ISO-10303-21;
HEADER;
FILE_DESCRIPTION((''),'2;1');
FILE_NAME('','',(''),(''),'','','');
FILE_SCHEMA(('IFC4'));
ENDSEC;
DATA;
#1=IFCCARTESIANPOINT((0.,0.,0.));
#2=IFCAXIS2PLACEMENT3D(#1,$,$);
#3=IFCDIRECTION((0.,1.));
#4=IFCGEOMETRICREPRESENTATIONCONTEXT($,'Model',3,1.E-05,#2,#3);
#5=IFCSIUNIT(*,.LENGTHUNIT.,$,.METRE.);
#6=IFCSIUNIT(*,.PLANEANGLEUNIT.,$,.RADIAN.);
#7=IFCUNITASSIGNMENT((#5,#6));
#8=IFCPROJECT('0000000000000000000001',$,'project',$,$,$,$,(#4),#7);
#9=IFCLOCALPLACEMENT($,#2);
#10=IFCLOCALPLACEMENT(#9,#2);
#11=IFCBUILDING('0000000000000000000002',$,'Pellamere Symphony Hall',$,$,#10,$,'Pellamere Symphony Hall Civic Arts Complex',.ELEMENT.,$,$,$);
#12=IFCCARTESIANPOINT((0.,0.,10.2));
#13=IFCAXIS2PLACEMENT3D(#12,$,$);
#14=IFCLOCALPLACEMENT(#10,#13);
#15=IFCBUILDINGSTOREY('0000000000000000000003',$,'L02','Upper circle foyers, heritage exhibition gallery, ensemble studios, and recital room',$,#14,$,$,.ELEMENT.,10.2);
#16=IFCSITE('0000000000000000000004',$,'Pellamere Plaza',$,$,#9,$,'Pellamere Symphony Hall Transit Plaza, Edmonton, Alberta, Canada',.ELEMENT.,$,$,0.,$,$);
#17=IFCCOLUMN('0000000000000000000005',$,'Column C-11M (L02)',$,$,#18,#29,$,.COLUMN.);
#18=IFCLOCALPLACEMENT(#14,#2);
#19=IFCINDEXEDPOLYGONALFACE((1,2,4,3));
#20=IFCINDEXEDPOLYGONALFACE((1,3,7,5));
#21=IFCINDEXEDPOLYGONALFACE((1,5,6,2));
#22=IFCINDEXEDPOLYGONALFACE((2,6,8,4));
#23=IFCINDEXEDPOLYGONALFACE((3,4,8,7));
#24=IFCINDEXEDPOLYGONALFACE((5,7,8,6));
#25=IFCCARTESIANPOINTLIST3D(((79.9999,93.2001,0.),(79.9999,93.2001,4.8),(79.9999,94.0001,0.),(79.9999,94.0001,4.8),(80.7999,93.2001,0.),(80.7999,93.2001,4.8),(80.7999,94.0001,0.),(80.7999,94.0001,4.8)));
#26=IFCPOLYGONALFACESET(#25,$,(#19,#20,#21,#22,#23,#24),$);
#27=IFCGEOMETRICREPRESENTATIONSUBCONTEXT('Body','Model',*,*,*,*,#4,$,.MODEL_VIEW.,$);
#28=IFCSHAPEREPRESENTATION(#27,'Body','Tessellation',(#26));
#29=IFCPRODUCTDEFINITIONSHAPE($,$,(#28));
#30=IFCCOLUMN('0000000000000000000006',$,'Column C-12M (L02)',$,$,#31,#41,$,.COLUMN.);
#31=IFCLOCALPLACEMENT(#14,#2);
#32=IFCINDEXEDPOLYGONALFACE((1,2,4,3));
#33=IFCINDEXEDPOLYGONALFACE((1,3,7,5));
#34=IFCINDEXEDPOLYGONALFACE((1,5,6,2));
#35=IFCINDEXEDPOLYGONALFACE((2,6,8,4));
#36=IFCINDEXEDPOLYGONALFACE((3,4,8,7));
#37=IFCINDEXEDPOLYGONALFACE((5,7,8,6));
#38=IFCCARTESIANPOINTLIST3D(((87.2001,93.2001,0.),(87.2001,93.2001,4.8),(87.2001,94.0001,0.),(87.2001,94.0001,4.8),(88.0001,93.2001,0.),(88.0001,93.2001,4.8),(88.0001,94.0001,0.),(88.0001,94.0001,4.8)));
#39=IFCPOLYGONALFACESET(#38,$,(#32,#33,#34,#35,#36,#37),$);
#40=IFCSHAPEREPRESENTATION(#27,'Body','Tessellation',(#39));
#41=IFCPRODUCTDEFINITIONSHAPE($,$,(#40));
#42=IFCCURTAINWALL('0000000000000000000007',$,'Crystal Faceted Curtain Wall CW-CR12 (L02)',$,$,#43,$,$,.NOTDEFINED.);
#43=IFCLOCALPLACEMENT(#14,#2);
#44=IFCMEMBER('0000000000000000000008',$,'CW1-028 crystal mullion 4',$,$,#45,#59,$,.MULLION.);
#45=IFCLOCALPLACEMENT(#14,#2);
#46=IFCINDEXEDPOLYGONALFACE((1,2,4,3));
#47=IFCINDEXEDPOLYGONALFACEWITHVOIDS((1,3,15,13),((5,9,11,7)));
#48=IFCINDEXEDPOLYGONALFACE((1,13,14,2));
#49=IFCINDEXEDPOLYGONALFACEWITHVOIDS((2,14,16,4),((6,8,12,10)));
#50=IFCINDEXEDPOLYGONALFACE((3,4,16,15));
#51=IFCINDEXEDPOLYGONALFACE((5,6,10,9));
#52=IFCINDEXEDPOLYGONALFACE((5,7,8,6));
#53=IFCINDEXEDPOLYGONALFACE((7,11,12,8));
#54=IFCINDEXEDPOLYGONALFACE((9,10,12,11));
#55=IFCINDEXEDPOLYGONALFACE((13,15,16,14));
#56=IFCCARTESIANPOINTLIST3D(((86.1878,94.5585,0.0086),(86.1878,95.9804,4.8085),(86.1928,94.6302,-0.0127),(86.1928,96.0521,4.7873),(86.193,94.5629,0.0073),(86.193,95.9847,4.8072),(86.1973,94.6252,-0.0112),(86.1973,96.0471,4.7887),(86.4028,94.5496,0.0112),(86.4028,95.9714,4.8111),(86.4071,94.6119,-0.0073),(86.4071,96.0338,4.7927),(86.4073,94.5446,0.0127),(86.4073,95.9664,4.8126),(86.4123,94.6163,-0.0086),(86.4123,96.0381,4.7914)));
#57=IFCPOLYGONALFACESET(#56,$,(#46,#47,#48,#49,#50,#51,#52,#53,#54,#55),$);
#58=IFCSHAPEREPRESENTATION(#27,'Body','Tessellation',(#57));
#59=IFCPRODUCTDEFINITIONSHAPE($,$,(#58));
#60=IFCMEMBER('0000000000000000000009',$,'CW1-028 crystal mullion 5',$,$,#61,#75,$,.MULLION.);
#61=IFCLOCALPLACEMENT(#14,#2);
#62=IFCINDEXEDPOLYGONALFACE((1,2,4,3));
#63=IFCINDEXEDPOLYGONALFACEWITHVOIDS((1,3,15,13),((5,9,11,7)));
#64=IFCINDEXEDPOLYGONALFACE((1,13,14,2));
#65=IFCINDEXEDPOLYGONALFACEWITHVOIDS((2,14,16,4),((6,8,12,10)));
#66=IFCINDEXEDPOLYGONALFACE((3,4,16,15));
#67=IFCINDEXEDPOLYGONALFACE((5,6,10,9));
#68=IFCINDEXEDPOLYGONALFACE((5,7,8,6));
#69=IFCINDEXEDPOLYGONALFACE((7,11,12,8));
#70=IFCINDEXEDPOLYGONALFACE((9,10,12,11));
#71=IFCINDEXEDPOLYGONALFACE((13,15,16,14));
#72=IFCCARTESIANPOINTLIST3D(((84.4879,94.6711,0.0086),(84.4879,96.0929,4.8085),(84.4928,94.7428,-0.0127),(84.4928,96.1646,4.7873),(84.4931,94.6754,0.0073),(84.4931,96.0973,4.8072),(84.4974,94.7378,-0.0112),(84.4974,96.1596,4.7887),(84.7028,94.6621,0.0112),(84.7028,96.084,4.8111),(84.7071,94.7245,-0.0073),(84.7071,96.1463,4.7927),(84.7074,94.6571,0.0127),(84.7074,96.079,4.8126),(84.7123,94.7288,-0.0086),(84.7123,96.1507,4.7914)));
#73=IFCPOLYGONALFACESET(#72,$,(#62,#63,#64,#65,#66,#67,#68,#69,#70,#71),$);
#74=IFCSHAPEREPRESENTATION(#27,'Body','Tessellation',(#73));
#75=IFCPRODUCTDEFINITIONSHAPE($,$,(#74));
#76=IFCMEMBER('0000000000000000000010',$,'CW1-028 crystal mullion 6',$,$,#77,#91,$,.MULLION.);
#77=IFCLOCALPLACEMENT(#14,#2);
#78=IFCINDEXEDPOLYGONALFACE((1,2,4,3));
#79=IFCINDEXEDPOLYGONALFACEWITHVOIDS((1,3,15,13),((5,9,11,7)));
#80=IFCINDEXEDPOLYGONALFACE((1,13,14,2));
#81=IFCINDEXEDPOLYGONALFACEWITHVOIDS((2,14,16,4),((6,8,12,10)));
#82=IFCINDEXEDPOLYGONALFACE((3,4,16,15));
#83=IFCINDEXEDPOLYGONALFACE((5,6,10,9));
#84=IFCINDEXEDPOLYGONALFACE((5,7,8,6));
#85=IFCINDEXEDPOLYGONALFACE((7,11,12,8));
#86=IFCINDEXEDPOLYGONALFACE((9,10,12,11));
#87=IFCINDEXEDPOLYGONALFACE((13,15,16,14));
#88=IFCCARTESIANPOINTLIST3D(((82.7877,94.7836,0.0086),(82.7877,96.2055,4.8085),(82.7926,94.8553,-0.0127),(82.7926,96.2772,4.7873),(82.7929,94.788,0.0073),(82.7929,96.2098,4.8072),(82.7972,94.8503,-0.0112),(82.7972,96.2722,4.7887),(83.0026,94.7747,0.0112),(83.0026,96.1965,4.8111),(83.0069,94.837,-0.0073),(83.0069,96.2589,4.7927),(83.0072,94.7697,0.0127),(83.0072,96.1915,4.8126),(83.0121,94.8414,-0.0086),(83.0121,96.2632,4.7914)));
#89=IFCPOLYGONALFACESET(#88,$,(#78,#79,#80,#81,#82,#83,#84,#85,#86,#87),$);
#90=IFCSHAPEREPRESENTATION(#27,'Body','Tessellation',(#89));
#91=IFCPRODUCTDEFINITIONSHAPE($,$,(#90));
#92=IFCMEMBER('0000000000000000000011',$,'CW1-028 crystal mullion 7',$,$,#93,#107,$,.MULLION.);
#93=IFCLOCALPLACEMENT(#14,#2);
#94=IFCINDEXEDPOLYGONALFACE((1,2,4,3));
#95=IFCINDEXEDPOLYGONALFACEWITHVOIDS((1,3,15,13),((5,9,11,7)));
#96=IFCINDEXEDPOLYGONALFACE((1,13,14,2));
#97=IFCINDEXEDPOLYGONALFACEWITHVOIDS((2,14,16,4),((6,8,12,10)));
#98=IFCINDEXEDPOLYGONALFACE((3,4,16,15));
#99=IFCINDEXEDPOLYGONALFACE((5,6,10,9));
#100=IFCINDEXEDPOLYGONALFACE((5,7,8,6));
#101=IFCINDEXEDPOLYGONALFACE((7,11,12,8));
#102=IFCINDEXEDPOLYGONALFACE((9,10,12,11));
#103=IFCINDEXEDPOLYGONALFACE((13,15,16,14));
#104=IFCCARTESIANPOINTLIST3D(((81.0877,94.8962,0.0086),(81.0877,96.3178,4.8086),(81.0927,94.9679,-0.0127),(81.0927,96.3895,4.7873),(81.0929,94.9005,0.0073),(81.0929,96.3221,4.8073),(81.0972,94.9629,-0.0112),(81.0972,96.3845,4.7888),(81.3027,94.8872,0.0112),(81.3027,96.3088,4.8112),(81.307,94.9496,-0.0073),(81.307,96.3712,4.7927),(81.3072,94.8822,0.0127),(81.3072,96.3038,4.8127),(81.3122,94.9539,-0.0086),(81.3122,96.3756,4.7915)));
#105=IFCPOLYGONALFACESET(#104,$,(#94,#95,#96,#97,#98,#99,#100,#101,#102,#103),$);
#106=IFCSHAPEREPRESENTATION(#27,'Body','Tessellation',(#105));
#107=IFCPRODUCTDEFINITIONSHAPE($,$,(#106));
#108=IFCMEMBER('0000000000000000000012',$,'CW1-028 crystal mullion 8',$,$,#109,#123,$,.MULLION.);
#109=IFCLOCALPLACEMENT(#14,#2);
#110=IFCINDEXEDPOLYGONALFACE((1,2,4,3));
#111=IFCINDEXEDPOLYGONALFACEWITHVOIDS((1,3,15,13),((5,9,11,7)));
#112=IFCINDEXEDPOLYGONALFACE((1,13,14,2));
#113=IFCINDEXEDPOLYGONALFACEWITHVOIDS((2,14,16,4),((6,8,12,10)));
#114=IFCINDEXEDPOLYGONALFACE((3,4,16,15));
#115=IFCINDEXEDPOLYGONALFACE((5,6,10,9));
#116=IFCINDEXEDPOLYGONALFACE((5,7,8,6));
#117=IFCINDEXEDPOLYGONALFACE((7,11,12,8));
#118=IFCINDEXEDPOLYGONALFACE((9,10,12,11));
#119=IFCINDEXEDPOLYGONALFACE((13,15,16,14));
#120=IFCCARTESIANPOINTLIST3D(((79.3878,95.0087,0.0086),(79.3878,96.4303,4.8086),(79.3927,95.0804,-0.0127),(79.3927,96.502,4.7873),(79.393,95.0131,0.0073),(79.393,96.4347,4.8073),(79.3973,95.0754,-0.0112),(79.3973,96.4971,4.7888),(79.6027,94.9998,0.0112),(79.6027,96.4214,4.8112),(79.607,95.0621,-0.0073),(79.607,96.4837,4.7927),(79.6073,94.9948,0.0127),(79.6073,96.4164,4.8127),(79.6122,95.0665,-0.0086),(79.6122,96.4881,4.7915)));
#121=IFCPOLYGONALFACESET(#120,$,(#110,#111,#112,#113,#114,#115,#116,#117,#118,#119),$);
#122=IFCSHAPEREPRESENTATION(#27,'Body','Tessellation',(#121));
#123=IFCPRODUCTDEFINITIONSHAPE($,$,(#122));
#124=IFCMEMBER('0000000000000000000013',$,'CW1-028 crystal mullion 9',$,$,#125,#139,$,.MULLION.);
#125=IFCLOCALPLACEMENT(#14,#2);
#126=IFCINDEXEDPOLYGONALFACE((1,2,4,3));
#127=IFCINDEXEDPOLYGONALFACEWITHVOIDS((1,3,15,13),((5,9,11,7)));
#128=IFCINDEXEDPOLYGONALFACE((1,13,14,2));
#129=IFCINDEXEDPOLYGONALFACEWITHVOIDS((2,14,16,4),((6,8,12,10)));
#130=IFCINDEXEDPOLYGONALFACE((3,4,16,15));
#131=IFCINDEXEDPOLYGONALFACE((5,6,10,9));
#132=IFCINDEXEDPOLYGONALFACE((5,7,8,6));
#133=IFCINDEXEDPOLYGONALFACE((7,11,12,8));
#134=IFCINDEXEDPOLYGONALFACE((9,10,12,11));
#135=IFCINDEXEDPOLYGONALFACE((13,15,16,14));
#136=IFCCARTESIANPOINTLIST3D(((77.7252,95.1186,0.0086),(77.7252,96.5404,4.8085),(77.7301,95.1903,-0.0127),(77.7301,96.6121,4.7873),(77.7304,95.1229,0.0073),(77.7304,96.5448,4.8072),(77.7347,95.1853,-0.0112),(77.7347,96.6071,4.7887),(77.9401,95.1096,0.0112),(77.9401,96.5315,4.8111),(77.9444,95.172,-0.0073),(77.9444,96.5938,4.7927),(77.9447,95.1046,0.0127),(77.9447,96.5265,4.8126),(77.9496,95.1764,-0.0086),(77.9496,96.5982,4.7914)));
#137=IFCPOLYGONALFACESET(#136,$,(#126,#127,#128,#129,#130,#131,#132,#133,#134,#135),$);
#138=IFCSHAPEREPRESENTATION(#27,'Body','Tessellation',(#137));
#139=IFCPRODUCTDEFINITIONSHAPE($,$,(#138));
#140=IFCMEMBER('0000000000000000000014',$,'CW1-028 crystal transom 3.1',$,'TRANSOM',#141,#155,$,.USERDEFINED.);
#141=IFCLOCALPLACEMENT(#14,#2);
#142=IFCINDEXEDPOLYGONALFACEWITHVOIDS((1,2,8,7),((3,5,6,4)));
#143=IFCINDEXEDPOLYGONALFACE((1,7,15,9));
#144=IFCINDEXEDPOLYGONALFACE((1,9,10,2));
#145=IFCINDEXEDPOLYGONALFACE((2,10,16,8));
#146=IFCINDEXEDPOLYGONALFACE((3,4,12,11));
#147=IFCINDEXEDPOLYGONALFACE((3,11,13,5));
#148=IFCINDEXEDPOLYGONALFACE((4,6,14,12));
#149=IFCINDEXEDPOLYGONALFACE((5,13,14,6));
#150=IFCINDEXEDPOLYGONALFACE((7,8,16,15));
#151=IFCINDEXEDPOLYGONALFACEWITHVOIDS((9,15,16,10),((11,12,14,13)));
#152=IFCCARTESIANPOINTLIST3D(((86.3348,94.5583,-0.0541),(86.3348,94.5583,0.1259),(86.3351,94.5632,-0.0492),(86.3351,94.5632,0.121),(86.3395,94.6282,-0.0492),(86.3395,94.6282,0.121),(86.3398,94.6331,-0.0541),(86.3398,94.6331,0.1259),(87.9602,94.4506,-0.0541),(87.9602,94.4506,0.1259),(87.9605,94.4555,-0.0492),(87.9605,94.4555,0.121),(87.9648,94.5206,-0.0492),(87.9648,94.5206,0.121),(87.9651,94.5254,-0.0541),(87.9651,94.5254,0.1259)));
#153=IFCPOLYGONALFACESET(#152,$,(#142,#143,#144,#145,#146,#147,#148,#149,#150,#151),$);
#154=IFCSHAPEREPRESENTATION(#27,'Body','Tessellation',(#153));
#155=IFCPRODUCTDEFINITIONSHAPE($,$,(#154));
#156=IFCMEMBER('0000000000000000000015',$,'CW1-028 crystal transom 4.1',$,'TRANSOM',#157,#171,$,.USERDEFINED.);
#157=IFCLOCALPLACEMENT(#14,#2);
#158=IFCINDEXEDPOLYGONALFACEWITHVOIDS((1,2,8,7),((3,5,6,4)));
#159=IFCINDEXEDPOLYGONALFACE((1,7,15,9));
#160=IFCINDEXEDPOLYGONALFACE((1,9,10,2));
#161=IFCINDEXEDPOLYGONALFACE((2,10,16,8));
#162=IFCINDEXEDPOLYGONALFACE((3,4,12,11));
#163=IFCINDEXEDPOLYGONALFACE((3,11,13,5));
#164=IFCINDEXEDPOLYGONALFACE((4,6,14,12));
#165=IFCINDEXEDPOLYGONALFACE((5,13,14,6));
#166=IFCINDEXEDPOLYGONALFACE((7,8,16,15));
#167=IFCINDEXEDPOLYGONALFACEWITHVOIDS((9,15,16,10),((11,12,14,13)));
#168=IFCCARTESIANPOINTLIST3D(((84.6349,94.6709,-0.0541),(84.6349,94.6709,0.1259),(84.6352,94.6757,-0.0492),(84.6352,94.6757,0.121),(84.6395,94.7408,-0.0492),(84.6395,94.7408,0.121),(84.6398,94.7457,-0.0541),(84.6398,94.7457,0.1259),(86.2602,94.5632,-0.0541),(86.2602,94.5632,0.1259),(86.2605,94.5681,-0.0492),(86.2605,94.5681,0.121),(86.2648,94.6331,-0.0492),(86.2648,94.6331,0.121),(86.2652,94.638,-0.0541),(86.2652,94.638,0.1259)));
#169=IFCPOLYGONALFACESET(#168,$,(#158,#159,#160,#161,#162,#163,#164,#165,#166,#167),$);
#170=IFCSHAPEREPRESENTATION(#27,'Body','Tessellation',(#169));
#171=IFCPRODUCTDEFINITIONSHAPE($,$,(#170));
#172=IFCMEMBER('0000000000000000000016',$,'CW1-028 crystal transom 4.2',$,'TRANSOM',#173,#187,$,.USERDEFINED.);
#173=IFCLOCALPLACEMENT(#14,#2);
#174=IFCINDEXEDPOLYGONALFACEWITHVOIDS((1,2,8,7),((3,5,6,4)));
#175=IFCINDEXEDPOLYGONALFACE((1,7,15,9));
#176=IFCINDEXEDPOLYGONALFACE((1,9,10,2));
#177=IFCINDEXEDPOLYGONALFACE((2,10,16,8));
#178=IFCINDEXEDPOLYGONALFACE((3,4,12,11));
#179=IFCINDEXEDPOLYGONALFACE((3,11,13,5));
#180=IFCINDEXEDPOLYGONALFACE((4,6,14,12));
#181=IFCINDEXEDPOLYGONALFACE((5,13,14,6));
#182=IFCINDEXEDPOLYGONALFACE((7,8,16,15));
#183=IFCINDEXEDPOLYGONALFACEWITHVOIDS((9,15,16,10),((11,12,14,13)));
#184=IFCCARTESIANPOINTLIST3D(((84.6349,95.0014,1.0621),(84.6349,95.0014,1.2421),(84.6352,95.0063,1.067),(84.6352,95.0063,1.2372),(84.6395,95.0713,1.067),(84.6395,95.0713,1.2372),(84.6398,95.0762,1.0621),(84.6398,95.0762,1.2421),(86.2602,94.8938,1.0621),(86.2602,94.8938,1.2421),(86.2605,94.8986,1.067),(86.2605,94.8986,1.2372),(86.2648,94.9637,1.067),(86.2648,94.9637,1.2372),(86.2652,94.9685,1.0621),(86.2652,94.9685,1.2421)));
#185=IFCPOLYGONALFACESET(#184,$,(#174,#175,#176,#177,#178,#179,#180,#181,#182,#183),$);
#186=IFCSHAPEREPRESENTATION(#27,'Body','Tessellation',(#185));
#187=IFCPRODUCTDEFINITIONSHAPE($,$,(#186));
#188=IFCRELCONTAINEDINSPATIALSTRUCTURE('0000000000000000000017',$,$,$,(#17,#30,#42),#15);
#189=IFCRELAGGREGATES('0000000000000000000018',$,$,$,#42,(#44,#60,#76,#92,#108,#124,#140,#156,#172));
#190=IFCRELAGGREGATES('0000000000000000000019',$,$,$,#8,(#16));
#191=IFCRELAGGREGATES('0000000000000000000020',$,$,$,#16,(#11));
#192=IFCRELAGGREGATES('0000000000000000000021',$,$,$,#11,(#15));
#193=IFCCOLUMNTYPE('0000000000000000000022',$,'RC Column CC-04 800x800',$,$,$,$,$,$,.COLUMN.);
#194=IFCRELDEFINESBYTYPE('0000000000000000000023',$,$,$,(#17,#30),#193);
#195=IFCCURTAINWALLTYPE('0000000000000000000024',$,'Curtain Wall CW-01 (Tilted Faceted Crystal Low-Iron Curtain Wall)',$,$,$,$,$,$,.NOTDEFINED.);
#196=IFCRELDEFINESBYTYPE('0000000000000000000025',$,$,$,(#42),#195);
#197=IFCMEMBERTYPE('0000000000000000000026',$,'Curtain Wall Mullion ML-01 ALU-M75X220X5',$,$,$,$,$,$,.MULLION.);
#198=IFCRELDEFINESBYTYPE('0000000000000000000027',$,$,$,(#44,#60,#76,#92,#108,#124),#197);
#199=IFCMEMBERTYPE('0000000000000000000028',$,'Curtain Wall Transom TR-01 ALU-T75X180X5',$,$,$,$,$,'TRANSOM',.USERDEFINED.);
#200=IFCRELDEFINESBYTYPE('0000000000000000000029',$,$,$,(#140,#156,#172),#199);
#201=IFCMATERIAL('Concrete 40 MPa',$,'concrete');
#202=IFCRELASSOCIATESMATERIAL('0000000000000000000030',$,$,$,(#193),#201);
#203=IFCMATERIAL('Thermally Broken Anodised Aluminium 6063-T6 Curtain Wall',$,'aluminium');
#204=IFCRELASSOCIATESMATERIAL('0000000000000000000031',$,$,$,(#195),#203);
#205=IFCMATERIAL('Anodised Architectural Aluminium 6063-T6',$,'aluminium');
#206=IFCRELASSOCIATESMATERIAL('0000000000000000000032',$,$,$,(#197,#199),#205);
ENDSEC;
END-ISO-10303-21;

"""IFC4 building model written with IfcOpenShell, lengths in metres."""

from ifc_helpers import new_model, si_unit, direction, frame, origin, origin_2d, place, context, subcontext, project, spatial, rectangle, hollow_rectangle, extrude, material, material_profile, profile_set, type_object, element, aggregate, save


model = new_model("IFC4")

# Units and contexts
model_context = context("Model", 3, precision=1e-05, world=origin(), true_north=direction((0.0, 1.0)))
body_context = subcontext(model_context, "Body", "Model", "MODEL_VIEW")
ifc_project = project(units=[si_unit("LENGTHUNIT", "METRE"), si_unit("PLANEANGLEUNIT", "RADIAN")], contexts=[model_context])

# Site, building, storey
site_placement = place(None, origin())
site = spatial("IfcSite", under=ifc_project, at=site_placement, Name="Pellamere Plaza", LongName="Pellamere Symphony Hall Transit Plaza, Edmonton, Alberta, Canada", CompositionType="ELEMENT", RefElevation=0.0)
building_placement = place(site_placement, origin())
building = spatial("IfcBuilding", under=site, at=building_placement, Name="Pellamere Symphony Hall", LongName="Pellamere Symphony Hall Civic Arts Complex", CompositionType="ELEMENT")
storey_placement = place(building_placement, frame((0.0, 0.0, 10.2)))
storey = spatial("IfcBuildingStorey", under=building, at=storey_placement, Name="L02", Description="Upper circle foyers, heritage exhibition gallery, ensemble studios, and recital room", CompositionType="ELEMENT", Elevation=10.2)

# Columns
ifc_material_1 = material(Name="Concrete 40 MPa", Category="concrete")
ifc_material_profile_1 = material_profile(ifc_material_1, rectangle(XDim=0.8, YDim=0.8, at=origin_2d()), Name="RC 800x800")
ifc_profile_set_1 = profile_set([ifc_material_profile_1], Name="Concrete 40 MPa")
column_type = type_object("IfcColumnType", Name="RC Column CC-04 800x800", PredefinedType="COLUMN", material=ifc_profile_set_1)
for number, where, z_axis, x_axis, name in (
    (1, (80.3999, 93.6001, 0.0), (0.0, 0.0, 1.0), (1.0, 0.0, 0.0), "Column C-11M (L02)"),
    (2, (87.6001, 93.6001, 0.0), (0.0, 0.0, 1.0), (1.0, 0.0, 0.0), "Column C-12M (L02)"),
):
    element("IfcColumn", number, at=place(storey_placement, frame(where, z_axis=z_axis, x_axis=x_axis)), inside=storey, type_object=column_type, Name=name, PredefinedType="COLUMN", context=body_context, shape_type="SweptSolid", body=[
        extrude(rectangle(XDim=0.8, YDim=0.8, at=origin_2d()), origin(), (0.0, 0.0, 1.0), 4.8),
    ])

# Curtain wall, members
ifc_material_2 = material(Name="Thermally Broken Anodised Aluminium 6063-T6 Curtain Wall", Category="aluminium")
curtain_wall_type = type_object("IfcCurtainWallType", Name="Curtain Wall CW-01 (Tilted Faceted Crystal Low-Iron Curtain Wall)", PredefinedType="NOTDEFINED", material=ifc_material_2)
curtain_wall_1_placement = place(storey_placement, origin())
curtain_wall_1 = element("IfcCurtainWall", 3, at=curtain_wall_1_placement, inside=storey, type_object=curtain_wall_type, Name="Crystal Faceted Curtain Wall CW-CR12 (L02)", PredefinedType="NOTDEFINED")
ifc_material_3 = material(Name="Anodised Architectural Aluminium 6063-T6", Category="aluminium")
ifc_material_profile_2 = material_profile(ifc_material_3, hollow_rectangle(XDim=0.075, YDim=0.22, WallThickness=0.0049, at=origin_2d()), Name="ALU-M75X220X5")
ifc_profile_set_2 = profile_set([ifc_material_profile_2], Name="Anodised Architectural Aluminium 6063-T6")
member_type_1 = type_object("IfcMemberType", Name="Curtain Wall Mullion ML-01 ALU-M75X220X5", PredefinedType="MULLION", material=ifc_profile_set_2)
member_1_placement = place(storey_placement, frame((86.3, 94.5874, 0.0), z_axis=(0.0, 0.284022, 0.958818), x_axis=(0.066032, 0.956725, -0.283402)))
member_1 = element("IfcMember", 4, at=member_1_placement, type_object=member_type_1, Name="CW1-028 crystal mullion 4", PredefinedType="MULLION", context=body_context, shape_type="SweptSolid", body=[
    extrude(hollow_rectangle(XDim=0.075, YDim=0.22, WallThickness=0.0049, at=origin_2d()), origin(), (0.0, 0.0, 1.0), 5.0061),
])
member_2_placement = place(storey_placement, frame((84.6001, 94.7, 0.0), z_axis=(0.0, 0.284022, 0.958818), x_axis=(0.066032, 0.956725, -0.283402)))
member_2 = element("IfcMember", 5, at=member_2_placement, type_object=member_type_1, Name="CW1-028 crystal mullion 5", PredefinedType="MULLION", context=body_context, shape_type="SweptSolid", body=[
    extrude(hollow_rectangle(XDim=0.075, YDim=0.22, WallThickness=0.0049, at=origin_2d()), origin(), (0.0, 0.0, 1.0), 5.0061),
])
member_3_placement = place(storey_placement, frame((82.8999, 94.8125, 0.0), z_axis=(0.0, 0.284022, 0.958818), x_axis=(0.066032, 0.956725, -0.283402)))
member_3 = element("IfcMember", 6, at=member_3_placement, type_object=member_type_1, Name="CW1-028 crystal mullion 6", PredefinedType="MULLION", context=body_context, shape_type="SweptSolid", body=[
    extrude(hollow_rectangle(XDim=0.075, YDim=0.22, WallThickness=0.0049, at=origin_2d()), origin(), (0.0, 0.0, 1.0), 5.0061),
])
member_4_placement = place(storey_placement, frame((81.2, 94.925, 0.0), z_axis=(0.0, 0.283977, 0.958831), x_axis=(0.066032, 0.956738, -0.283357)))
member_4 = element("IfcMember", 7, at=member_4_placement, type_object=member_type_1, Name="CW1-028 crystal mullion 7", PredefinedType="MULLION", context=body_context, shape_type="SweptSolid", body=[
    extrude(hollow_rectangle(XDim=0.075, YDim=0.22, WallThickness=0.0049, at=origin_2d()), origin(), (0.0, 0.0, 1.0), 5.0061),
])
member_5_placement = place(storey_placement, frame((79.5, 95.0376, 0.0), z_axis=(0.0, 0.283977, 0.958831), x_axis=(0.066032, 0.956738, -0.283357)))
member_5 = element("IfcMember", 8, at=member_5_placement, type_object=member_type_1, Name="CW1-028 crystal mullion 8", PredefinedType="MULLION", context=body_context, shape_type="SweptSolid", body=[
    extrude(hollow_rectangle(XDim=0.075, YDim=0.22, WallThickness=0.0049, at=origin_2d()), origin(), (0.0, 0.0, 1.0), 5.0061),
])
member_6_placement = place(storey_placement, frame((77.8374, 95.1475, 0.0), z_axis=(0.0, 0.284022, 0.958818), x_axis=(0.066032, 0.956725, -0.283402)))
member_6 = element("IfcMember", 9, at=member_6_placement, type_object=member_type_1, Name="CW1-028 crystal mullion 9", PredefinedType="MULLION", context=body_context, shape_type="SweptSolid", body=[
    extrude(hollow_rectangle(XDim=0.075, YDim=0.22, WallThickness=0.0049, at=origin_2d()), origin(), (0.0, 0.0, 1.0), 5.0061),
])
ifc_material_profile_3 = material_profile(ifc_material_3, hollow_rectangle(XDim=0.075, YDim=0.1799, WallThickness=0.0049, at=origin_2d()), Name="ALU-T75X180X5")
ifc_profile_set_3 = profile_set([ifc_material_profile_3], Name="Anodised Architectural Aluminium 6063-T6")
member_type_2 = type_object("IfcMemberType", Name="Curtain Wall Transom TR-01 ALU-T75X180X5", ElementType="TRANSOM", PredefinedType="USERDEFINED", material=ifc_profile_set_3)
member_7_placement = place(storey_placement, frame((87.9626, 94.488, 0.0359), z_axis=(-0.997813, 0.066101, 0.0), x_axis=(-0.066101, -0.997813, 0.0)))
member_7 = element("IfcMember", 10, at=member_7_placement, type_object=member_type_2, Name="CW1-028 crystal transom 3.1", ObjectType="TRANSOM", PredefinedType="USERDEFINED", context=body_context, shape_type="SweptSolid", body=[
    extrude(hollow_rectangle(XDim=0.075, YDim=0.1799, WallThickness=0.0049, at=origin_2d()), origin(), (0.0, 0.0, 1.0), 1.6289),
])
member_8_placement = place(storey_placement, frame((86.2627, 94.6006, 0.0359), z_axis=(-0.997813, 0.066101, 0.0), x_axis=(-0.066101, -0.997813, 0.0)))
member_8 = element("IfcMember", 11, at=member_8_placement, type_object=member_type_2, Name="CW1-028 crystal transom 4.1", ObjectType="TRANSOM", PredefinedType="USERDEFINED", context=body_context, shape_type="SweptSolid", body=[
    extrude(hollow_rectangle(XDim=0.075, YDim=0.1799, WallThickness=0.0049, at=origin_2d()), origin(), (0.0, 0.0, 1.0), 1.6289),
])
member_9_placement = place(storey_placement, frame((86.2627, 94.9312, 1.1521), z_axis=(-0.997813, 0.066101, 0.0), x_axis=(-0.066101, -0.997813, 0.0)))
member_9 = element("IfcMember", 12, at=member_9_placement, type_object=member_type_2, Name="CW1-028 crystal transom 4.2", ObjectType="TRANSOM", PredefinedType="USERDEFINED", context=body_context, shape_type="SweptSolid", body=[
    extrude(hollow_rectangle(XDim=0.075, YDim=0.1799, WallThickness=0.0049, at=origin_2d()), origin(), (0.0, 0.0, 1.0), 1.6289),
])

aggregate(curtain_wall_1, [member_1, member_2, member_3, member_4, member_5, member_6, member_7, member_8, member_9])

save(model, "model.ifc")
